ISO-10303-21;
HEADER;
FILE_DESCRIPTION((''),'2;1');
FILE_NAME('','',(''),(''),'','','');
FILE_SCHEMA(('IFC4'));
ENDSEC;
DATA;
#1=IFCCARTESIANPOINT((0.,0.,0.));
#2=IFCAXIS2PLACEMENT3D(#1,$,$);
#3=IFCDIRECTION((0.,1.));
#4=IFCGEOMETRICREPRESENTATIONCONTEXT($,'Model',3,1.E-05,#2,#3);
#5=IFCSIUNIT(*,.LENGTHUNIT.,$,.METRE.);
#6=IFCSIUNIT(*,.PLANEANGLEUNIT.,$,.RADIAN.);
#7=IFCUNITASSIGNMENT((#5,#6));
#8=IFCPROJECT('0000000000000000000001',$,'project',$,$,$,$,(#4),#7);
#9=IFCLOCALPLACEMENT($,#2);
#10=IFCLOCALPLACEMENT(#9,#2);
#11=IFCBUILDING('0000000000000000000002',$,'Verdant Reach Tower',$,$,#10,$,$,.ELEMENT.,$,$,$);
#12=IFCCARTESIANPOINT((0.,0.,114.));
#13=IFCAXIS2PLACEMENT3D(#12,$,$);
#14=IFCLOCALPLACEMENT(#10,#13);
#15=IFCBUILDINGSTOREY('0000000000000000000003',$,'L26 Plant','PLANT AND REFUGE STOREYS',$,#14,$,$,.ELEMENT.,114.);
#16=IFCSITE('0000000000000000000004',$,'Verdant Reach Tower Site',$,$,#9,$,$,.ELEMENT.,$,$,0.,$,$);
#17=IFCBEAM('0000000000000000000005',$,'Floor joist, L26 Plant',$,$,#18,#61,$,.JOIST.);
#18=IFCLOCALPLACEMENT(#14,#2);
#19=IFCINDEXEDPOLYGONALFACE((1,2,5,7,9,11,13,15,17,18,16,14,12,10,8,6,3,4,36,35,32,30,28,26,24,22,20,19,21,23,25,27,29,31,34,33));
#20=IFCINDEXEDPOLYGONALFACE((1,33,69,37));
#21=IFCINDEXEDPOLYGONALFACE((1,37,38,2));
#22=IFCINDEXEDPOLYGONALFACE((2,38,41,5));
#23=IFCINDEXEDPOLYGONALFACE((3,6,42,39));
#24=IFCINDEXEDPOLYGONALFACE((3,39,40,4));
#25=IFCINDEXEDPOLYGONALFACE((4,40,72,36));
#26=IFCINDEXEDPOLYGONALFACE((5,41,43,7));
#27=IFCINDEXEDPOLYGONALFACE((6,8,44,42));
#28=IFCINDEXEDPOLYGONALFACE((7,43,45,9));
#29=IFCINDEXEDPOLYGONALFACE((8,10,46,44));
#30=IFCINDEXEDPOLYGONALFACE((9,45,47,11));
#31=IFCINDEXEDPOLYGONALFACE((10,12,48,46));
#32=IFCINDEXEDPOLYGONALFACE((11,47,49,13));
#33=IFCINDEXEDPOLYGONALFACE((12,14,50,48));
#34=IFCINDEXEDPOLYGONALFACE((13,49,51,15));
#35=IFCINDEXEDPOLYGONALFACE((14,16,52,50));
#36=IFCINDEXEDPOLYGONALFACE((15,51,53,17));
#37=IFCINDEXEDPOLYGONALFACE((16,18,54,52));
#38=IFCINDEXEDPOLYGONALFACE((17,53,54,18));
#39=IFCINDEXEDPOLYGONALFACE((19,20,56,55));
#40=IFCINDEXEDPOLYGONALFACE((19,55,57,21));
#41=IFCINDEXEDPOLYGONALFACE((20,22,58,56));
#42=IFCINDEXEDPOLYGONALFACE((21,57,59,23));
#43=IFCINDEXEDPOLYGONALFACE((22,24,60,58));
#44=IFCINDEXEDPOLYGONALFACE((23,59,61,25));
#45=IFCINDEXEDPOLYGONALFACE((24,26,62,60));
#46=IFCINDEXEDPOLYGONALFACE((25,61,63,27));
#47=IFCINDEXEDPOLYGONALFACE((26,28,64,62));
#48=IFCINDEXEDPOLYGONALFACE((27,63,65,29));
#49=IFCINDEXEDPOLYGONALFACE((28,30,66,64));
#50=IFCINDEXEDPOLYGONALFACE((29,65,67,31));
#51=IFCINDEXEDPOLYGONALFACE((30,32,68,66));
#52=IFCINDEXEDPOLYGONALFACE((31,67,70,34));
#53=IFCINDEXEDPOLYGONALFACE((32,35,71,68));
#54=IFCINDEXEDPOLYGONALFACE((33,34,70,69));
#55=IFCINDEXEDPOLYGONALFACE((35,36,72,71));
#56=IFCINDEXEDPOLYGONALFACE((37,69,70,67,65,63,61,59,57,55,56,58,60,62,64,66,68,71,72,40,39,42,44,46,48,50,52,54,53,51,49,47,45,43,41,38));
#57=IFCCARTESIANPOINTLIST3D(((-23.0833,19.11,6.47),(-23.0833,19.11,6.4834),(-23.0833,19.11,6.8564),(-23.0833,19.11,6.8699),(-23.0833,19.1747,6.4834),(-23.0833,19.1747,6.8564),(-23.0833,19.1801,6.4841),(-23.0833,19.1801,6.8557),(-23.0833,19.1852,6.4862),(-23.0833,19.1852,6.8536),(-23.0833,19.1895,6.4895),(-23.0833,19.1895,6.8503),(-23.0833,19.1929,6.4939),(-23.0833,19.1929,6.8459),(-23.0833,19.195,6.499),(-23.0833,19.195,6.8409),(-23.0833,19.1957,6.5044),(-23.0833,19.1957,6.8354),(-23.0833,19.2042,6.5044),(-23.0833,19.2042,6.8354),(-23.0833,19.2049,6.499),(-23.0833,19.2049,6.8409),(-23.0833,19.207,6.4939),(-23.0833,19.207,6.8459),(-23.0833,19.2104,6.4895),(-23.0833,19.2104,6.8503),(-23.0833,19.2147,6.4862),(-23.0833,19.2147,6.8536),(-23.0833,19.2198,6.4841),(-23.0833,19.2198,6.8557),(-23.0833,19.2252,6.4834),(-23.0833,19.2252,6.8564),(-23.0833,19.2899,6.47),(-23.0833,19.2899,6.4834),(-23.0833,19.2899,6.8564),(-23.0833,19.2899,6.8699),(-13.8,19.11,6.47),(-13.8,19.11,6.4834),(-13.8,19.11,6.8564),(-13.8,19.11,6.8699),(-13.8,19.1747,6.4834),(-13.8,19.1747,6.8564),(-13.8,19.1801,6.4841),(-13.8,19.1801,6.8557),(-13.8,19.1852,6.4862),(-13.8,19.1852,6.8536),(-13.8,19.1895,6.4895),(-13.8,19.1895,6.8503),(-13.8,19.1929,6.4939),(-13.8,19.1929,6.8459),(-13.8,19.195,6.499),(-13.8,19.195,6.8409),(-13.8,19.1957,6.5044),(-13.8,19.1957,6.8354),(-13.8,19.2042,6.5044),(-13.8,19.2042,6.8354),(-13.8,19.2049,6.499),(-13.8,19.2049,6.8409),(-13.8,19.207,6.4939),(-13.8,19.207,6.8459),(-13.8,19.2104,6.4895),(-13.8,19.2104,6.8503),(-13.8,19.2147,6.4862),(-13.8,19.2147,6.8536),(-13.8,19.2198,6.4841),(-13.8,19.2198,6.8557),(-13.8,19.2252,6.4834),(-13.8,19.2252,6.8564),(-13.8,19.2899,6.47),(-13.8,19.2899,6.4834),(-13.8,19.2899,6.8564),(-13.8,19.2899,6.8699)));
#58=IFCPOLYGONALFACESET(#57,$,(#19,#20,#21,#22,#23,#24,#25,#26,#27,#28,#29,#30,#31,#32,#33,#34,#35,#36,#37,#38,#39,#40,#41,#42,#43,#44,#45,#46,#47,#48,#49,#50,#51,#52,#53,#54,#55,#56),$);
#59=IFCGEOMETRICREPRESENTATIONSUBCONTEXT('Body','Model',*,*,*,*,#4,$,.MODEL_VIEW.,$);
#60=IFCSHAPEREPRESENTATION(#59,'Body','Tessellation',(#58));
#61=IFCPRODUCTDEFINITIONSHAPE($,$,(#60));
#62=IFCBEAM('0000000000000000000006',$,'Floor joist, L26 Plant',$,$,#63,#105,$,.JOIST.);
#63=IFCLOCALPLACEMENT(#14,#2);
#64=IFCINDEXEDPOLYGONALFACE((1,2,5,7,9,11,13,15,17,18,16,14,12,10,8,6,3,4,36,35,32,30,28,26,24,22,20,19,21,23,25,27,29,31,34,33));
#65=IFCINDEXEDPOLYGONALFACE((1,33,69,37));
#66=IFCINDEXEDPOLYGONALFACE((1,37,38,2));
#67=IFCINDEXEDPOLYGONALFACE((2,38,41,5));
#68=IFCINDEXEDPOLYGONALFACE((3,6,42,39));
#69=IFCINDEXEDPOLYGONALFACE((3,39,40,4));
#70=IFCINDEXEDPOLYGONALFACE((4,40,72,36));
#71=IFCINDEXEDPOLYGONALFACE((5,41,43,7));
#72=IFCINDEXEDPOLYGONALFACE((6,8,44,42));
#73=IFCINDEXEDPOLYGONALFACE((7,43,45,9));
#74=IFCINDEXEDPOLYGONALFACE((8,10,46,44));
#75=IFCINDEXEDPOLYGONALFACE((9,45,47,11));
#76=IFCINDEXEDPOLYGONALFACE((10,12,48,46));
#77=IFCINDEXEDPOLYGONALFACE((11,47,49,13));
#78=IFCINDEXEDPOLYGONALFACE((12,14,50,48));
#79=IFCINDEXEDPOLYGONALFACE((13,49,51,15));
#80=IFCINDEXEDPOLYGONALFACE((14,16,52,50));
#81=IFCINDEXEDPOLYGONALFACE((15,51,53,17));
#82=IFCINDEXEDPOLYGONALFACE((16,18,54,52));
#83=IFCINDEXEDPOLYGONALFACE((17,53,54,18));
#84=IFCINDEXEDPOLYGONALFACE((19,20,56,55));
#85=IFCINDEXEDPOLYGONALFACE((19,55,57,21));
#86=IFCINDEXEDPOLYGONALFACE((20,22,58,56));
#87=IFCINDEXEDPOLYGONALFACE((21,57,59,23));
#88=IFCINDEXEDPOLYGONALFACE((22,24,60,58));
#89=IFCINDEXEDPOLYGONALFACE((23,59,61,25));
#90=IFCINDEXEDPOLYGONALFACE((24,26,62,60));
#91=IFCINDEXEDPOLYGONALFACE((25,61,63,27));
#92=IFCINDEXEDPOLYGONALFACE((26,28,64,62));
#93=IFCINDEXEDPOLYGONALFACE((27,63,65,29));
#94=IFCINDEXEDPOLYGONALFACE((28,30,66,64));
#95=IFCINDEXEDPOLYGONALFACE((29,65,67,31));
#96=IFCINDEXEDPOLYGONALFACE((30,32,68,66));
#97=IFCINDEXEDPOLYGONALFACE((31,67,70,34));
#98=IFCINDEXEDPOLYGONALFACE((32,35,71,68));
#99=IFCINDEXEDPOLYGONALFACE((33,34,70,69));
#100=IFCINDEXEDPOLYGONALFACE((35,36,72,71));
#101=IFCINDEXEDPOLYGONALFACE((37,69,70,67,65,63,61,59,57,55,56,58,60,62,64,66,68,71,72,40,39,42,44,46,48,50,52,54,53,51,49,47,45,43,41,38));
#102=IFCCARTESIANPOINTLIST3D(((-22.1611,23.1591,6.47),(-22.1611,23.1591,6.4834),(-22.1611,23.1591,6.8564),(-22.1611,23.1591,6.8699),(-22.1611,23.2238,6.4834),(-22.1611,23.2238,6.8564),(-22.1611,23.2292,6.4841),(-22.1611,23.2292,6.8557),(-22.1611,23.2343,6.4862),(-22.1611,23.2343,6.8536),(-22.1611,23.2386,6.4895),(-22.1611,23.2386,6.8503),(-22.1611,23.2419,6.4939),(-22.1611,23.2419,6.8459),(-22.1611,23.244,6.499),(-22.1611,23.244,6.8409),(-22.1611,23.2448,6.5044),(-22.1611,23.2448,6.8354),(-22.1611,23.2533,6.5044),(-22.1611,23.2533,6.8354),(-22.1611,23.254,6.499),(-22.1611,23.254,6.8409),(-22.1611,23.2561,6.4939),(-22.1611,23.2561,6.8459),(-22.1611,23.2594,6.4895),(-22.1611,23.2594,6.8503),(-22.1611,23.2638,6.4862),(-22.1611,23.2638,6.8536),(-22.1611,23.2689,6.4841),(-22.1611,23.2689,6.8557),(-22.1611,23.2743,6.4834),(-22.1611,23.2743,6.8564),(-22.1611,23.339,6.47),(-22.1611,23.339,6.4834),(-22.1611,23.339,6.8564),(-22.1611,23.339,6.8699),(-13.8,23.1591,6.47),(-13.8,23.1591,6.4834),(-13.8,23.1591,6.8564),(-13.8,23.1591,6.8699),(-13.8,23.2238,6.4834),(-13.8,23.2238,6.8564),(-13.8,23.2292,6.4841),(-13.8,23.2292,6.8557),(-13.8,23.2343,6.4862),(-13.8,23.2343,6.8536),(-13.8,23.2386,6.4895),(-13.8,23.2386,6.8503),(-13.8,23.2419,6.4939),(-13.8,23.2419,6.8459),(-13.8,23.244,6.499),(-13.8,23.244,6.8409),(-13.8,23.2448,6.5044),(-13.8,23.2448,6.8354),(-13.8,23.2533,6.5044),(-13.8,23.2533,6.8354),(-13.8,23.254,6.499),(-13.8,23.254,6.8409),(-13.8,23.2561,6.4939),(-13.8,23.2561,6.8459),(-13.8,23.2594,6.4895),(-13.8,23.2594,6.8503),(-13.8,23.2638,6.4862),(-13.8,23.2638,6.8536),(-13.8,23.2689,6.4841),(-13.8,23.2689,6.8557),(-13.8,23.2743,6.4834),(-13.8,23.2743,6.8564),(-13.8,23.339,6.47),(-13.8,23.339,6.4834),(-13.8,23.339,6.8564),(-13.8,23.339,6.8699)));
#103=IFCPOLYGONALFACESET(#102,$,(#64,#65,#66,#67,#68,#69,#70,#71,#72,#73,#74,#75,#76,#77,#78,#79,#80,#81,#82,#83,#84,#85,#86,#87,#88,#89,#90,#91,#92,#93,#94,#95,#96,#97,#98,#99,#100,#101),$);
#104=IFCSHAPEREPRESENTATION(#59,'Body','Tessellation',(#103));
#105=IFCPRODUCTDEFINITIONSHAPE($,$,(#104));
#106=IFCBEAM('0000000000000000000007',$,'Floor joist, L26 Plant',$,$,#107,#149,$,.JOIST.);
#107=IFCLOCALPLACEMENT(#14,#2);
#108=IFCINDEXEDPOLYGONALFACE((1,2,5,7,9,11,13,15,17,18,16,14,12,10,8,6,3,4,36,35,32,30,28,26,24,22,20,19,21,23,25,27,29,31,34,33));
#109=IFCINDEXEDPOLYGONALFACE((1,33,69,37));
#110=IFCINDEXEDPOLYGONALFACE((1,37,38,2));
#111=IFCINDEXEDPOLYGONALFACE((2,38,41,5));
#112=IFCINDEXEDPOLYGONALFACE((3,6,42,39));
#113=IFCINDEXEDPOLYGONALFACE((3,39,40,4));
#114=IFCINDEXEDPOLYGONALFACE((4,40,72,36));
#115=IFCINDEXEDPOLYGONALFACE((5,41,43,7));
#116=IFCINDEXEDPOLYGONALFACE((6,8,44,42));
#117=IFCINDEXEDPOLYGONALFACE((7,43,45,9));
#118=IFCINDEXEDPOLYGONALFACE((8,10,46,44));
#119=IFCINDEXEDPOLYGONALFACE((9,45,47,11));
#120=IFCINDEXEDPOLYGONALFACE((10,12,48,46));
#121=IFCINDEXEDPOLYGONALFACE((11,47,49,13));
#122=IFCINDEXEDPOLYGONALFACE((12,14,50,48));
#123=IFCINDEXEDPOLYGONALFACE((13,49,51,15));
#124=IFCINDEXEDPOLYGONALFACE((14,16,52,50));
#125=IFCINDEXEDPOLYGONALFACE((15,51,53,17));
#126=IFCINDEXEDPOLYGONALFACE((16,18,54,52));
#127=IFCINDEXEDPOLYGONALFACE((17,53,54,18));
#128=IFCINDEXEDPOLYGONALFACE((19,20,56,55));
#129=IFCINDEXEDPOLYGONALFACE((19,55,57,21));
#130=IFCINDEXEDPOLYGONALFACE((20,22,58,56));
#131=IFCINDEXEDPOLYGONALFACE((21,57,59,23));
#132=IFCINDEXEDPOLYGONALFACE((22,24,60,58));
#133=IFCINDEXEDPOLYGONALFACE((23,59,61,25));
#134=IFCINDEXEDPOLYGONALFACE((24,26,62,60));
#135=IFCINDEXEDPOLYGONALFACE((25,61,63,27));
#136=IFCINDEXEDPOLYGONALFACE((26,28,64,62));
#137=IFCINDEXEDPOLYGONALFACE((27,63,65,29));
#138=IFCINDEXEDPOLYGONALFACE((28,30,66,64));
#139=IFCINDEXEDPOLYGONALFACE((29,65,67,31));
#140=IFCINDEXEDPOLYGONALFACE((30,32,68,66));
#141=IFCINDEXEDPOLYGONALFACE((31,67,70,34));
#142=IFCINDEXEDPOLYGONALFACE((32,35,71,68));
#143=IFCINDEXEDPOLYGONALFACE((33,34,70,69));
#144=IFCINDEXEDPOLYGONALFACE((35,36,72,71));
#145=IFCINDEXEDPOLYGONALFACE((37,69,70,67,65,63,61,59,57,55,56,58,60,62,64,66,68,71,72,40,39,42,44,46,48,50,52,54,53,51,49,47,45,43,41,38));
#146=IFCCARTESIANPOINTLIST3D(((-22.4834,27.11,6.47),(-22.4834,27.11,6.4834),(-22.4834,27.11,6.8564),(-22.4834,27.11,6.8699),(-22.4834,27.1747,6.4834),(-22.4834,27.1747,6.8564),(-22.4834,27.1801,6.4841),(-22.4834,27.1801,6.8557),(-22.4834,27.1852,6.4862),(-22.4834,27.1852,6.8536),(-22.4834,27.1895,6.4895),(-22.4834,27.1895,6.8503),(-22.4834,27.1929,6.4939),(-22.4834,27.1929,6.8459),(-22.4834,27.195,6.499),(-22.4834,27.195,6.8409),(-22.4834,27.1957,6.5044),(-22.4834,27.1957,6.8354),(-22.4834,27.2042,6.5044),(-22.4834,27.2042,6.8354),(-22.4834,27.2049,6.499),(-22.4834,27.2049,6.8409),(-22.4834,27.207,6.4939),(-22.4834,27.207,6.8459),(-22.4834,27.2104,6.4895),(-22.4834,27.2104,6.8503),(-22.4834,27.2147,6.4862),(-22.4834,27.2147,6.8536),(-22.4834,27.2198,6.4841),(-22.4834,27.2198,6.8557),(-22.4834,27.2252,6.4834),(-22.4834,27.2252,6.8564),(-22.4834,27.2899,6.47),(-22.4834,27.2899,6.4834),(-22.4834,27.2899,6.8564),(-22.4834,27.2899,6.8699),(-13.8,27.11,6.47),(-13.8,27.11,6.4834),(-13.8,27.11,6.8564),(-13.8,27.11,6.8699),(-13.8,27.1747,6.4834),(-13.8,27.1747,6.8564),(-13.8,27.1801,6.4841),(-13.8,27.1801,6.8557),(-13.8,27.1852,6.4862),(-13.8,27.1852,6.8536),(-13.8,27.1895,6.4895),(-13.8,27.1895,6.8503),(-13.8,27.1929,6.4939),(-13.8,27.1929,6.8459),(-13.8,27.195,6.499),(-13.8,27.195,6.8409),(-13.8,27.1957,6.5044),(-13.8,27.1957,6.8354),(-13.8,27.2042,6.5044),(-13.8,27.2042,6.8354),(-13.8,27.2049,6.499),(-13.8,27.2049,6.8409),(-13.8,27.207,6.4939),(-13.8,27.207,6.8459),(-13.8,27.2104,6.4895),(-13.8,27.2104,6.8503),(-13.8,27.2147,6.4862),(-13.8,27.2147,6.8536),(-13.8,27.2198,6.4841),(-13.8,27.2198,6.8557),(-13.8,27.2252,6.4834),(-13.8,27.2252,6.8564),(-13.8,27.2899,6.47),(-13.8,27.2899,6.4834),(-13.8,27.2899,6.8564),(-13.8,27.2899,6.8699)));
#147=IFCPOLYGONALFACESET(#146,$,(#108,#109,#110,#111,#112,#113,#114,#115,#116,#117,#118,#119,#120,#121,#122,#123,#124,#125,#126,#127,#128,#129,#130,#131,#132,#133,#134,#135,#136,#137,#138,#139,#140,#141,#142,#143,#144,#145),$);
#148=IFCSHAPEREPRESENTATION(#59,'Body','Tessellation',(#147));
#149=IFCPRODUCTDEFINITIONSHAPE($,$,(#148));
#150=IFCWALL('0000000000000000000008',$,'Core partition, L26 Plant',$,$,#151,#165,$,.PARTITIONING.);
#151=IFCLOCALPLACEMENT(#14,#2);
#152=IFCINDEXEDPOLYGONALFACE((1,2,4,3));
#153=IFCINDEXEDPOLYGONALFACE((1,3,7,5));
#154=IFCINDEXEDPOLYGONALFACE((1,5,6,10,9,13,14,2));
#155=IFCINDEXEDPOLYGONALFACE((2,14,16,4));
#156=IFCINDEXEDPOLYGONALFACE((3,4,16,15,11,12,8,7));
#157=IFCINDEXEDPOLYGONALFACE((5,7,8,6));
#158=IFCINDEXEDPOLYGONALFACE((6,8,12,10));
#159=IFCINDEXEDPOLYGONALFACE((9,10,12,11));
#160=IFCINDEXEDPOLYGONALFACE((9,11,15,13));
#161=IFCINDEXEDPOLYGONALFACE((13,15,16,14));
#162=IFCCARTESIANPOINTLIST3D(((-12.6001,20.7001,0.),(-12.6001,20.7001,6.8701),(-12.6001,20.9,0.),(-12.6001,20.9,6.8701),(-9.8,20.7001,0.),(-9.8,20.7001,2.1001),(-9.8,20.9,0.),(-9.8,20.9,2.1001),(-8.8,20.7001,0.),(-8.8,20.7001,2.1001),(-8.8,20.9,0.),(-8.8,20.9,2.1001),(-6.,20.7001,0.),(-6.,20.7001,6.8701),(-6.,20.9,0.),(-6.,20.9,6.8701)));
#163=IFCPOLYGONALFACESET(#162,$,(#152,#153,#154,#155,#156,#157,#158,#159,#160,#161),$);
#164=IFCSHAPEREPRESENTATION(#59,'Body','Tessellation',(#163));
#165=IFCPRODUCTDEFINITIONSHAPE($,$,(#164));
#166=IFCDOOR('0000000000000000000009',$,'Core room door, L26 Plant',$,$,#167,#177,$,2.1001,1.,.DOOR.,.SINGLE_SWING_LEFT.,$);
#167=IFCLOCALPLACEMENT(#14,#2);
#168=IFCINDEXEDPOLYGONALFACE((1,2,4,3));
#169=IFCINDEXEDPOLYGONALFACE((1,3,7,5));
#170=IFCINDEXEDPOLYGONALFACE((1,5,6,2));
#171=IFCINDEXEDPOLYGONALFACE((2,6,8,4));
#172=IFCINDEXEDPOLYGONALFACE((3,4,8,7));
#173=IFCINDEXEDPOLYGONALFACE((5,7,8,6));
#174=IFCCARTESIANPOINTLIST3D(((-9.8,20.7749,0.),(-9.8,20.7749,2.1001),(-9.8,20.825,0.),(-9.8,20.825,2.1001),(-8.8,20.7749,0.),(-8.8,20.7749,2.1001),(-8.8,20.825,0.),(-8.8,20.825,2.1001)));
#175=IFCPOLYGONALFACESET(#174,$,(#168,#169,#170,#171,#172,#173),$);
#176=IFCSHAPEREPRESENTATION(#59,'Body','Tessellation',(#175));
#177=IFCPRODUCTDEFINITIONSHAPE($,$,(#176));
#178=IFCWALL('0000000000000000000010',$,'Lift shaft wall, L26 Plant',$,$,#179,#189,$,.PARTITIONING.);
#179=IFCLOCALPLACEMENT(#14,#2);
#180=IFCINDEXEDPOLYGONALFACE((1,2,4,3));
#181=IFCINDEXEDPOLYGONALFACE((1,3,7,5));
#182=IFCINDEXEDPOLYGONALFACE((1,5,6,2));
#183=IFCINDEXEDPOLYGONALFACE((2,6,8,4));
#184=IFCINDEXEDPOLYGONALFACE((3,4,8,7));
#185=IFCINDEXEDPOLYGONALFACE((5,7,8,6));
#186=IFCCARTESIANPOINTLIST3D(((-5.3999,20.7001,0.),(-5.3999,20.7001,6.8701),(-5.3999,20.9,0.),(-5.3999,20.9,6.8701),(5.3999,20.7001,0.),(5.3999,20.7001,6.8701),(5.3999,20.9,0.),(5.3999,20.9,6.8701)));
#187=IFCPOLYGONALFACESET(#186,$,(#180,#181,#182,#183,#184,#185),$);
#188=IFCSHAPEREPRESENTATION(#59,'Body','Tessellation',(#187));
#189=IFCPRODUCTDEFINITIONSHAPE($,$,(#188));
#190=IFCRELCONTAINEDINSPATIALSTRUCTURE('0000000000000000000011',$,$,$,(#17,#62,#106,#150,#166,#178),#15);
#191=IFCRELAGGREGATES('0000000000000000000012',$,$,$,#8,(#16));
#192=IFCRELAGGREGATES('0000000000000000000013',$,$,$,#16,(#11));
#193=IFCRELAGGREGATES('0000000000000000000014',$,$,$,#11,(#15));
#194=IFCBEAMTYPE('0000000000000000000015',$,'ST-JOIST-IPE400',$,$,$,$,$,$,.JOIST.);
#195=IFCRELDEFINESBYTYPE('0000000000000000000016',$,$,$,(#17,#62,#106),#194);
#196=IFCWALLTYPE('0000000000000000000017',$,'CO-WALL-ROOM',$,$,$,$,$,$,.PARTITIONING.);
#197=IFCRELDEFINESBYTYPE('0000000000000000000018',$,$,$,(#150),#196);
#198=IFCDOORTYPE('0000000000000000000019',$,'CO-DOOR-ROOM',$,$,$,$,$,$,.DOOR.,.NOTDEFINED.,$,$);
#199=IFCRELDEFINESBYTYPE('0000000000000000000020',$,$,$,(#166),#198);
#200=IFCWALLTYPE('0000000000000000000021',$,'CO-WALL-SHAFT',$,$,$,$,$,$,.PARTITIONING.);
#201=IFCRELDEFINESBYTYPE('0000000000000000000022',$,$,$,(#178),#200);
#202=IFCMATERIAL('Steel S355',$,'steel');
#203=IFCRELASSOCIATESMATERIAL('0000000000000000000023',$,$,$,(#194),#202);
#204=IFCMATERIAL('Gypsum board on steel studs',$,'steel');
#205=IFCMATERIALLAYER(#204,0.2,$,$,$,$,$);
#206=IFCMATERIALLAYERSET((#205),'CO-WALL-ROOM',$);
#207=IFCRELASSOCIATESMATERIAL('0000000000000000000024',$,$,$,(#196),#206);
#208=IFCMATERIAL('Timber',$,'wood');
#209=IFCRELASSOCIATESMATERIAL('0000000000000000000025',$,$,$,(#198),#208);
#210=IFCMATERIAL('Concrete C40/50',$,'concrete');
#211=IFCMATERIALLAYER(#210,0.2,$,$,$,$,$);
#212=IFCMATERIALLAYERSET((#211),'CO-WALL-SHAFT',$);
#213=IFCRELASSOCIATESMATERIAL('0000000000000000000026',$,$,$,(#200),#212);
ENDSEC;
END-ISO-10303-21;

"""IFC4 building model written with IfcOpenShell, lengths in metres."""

from ifc_helpers import new_model, si_unit, direction, frame, frame_2d, origin, origin_2d, place, context, subcontext, project, spatial, rectangle, i_section, extrude, material, layer, layer_set, material_profile, profile_set, type_object, element, fill, save


model = new_model("IFC4")

# Units and contexts
model_context = context("Model", 3, precision=1e-05, world=origin(), true_north=direction((0.0, 1.0)))
body_context = subcontext(model_context, "Body", "Model", "MODEL_VIEW")
ifc_project = project(units=[si_unit("LENGTHUNIT", "METRE"), si_unit("PLANEANGLEUNIT", "RADIAN")], contexts=[model_context])

# Site, building, storey
site_placement = place(None, origin())
site = spatial("IfcSite", under=ifc_project, at=site_placement, Name="Verdant Reach Tower Site", CompositionType="ELEMENT", RefElevation=0.0)
building_placement = place(site_placement, origin())
building = spatial("IfcBuilding", under=site, at=building_placement, Name="Verdant Reach Tower", CompositionType="ELEMENT")
storey_placement = place(building_placement, frame((0.0, 0.0, 114.0)))
storey = spatial("IfcBuildingStorey", under=building, at=storey_placement, Name="L26 Plant", Description="PLANT AND REFUGE STOREYS", CompositionType="ELEMENT", Elevation=114.0)

# Beams
ifc_material_1 = material(Name="Steel S355", Category="steel")
ifc_material_profile = material_profile(ifc_material_1, i_section(OverallWidth=0.1799, OverallDepth=0.3999, WebThickness=0.0085, FlangeThickness=0.0134, FilletRadius=0.021, at=origin_2d()), Name="IPE 400")
ifc_profile_set = profile_set([ifc_material_profile], Name="Steel S355")
beam_type = type_object("IfcBeamType", Name="ST-JOIST-IPE400", PredefinedType="JOIST", material=ifc_profile_set)
beam_1_placement = place(storey_placement, frame((-13.8, 19.2, 6.6699), z_axis=(-1.0, 0.0, 0.0), x_axis=(0.0, -1.0, 0.0)))
element("IfcBeam", 1, at=beam_1_placement, inside=storey, type_object=beam_type, Name="Floor joist, L26 Plant", PredefinedType="JOIST", context=body_context, shape_type="SweptSolid", body=[
    extrude(i_section(OverallWidth=0.1799, OverallDepth=0.3999, WebThickness=0.0085, FlangeThickness=0.0134, FilletRadius=0.021, at=origin_2d()), origin(), (0.0, 0.0, 1.0), 9.2832),
])
beam_2_placement = place(storey_placement, frame((-13.8, 23.249, 6.6699), z_axis=(-1.0, 0.0, 0.0), x_axis=(0.0, -1.0, 0.0)))
element("IfcBeam", 2, at=beam_2_placement, inside=storey, type_object=beam_type, Name="Floor joist, L26 Plant", PredefinedType="JOIST", context=body_context, shape_type="SweptSolid", body=[
    extrude(i_section(OverallWidth=0.1799, OverallDepth=0.3999, WebThickness=0.0085, FlangeThickness=0.0134, FilletRadius=0.021, at=origin_2d()), origin(), (0.0, 0.0, 1.0), 8.3611),
])
beam_3_placement = place(storey_placement, frame((-13.8, 27.2, 6.6699), z_axis=(-1.0, 0.0, 0.0), x_axis=(0.0, -1.0, 0.0)))
element("IfcBeam", 3, at=beam_3_placement, inside=storey, type_object=beam_type, Name="Floor joist, L26 Plant", PredefinedType="JOIST", context=body_context, shape_type="SweptSolid", body=[
    extrude(i_section(OverallWidth=0.1799, OverallDepth=0.3999, WebThickness=0.0085, FlangeThickness=0.0134, FilletRadius=0.021, at=origin_2d()), origin(), (0.0, 0.0, 1.0), 8.6833),
])

# Wall, opening, door
ifc_material_2 = material(Name="Gypsum board on steel studs", Category="steel")
ifc_layer_1 = layer(ifc_material_2, 0.2)
ifc_layer_set_1 = layer_set([ifc_layer_1], Name="CO-WALL-ROOM")
wall_type_1 = type_object("IfcWallType", Name="CO-WALL-ROOM", PredefinedType="PARTITIONING", material=ifc_layer_set_1)
wall_1_placement = place(storey_placement, frame((-12.6001, 20.8, 0.0), z_axis=(0.0, 0.0, 1.0), x_axis=(1.0, 0.0, 0.0)))
wall_1 = element("IfcWall", 4, at=wall_1_placement, inside=storey, type_object=wall_type_1, Name="Core partition, L26 Plant", PredefinedType="PARTITIONING", context=body_context, shape_type="SweptSolid", body=[
    extrude(rectangle(XDim=6.6001, YDim=0.2, at=frame_2d((3.3, 0.0))), origin(), (0.0, 0.0, 1.0), 6.8701),
])
opening_1_placement = place(wall_1_placement, frame((2.8, 0.0, 0.0)))
opening_1 = element("IfcOpeningElement", 5, at=opening_1_placement, cuts=wall_1, PredefinedType="OPENING", context=body_context, shape_type="SweptSolid", body=[
    extrude(rectangle(XDim=1.0, YDim=2.1001, at=frame_2d((0.5, 1.05))), frame((0.0, 0.1099, 0.0), z_axis=(0.0, -1.0, 0.0), x_axis=(1.0, 0.0, 0.0)), (0.0, 0.0, 1.0), 0.22),
])
ifc_material_3 = material(Name="Timber", Category="wood")
door_type = type_object("IfcDoorType", Name="CO-DOOR-ROOM", OperationType="NOTDEFINED", PredefinedType="DOOR", material=ifc_material_3)
door_1_placement = place(opening_1_placement, origin())
door_1 = element("IfcDoor", 6, at=door_1_placement, inside=storey, type_object=door_type, Name="Core room door, L26 Plant", OperationType="SINGLE_SWING_LEFT", OverallHeight=2.1001, OverallWidth=1.0, PredefinedType="DOOR", context=body_context, shape_type="SweptSolid", body=[
    extrude(rectangle(XDim=1.0, YDim=2.1001, at=frame_2d((0.5, 1.05))), frame((0.0, 0.0249, 0.0), z_axis=(0.0, -1.0, 0.0), x_axis=(1.0, 0.0, 0.0)), (0.0, 0.0, 1.0), 0.05),
])
fill(opening_1, door_1)

# Wall
ifc_material_4 = material(Name="Concrete C40/50", Category="concrete")
ifc_layer_2 = layer(ifc_material_4, 0.2)
ifc_layer_set_2 = layer_set([ifc_layer_2], Name="CO-WALL-SHAFT")
wall_type_2 = type_object("IfcWallType", Name="CO-WALL-SHAFT", PredefinedType="PARTITIONING", material=ifc_layer_set_2)
for number, where, z_axis, x_axis, name in (
    (7, (-5.3999, 20.8, 0.0), (0.0, 0.0, 1.0), (1.0, 0.0, 0.0), "Lift shaft wall, L26 Plant"),
):
    element("IfcWall", number, at=place(storey_placement, frame(where, z_axis=z_axis, x_axis=x_axis)), inside=storey, type_object=wall_type_2, Name=name, PredefinedType="PARTITIONING", context=body_context, shape_type="SweptSolid", body=[
        extrude(rectangle(XDim=10.7998, YDim=0.2, at=frame_2d((5.3999, 0.0))), origin(), (0.0, 0.0, 1.0), 6.8701),
    ])

save(model, "model.ifc")
